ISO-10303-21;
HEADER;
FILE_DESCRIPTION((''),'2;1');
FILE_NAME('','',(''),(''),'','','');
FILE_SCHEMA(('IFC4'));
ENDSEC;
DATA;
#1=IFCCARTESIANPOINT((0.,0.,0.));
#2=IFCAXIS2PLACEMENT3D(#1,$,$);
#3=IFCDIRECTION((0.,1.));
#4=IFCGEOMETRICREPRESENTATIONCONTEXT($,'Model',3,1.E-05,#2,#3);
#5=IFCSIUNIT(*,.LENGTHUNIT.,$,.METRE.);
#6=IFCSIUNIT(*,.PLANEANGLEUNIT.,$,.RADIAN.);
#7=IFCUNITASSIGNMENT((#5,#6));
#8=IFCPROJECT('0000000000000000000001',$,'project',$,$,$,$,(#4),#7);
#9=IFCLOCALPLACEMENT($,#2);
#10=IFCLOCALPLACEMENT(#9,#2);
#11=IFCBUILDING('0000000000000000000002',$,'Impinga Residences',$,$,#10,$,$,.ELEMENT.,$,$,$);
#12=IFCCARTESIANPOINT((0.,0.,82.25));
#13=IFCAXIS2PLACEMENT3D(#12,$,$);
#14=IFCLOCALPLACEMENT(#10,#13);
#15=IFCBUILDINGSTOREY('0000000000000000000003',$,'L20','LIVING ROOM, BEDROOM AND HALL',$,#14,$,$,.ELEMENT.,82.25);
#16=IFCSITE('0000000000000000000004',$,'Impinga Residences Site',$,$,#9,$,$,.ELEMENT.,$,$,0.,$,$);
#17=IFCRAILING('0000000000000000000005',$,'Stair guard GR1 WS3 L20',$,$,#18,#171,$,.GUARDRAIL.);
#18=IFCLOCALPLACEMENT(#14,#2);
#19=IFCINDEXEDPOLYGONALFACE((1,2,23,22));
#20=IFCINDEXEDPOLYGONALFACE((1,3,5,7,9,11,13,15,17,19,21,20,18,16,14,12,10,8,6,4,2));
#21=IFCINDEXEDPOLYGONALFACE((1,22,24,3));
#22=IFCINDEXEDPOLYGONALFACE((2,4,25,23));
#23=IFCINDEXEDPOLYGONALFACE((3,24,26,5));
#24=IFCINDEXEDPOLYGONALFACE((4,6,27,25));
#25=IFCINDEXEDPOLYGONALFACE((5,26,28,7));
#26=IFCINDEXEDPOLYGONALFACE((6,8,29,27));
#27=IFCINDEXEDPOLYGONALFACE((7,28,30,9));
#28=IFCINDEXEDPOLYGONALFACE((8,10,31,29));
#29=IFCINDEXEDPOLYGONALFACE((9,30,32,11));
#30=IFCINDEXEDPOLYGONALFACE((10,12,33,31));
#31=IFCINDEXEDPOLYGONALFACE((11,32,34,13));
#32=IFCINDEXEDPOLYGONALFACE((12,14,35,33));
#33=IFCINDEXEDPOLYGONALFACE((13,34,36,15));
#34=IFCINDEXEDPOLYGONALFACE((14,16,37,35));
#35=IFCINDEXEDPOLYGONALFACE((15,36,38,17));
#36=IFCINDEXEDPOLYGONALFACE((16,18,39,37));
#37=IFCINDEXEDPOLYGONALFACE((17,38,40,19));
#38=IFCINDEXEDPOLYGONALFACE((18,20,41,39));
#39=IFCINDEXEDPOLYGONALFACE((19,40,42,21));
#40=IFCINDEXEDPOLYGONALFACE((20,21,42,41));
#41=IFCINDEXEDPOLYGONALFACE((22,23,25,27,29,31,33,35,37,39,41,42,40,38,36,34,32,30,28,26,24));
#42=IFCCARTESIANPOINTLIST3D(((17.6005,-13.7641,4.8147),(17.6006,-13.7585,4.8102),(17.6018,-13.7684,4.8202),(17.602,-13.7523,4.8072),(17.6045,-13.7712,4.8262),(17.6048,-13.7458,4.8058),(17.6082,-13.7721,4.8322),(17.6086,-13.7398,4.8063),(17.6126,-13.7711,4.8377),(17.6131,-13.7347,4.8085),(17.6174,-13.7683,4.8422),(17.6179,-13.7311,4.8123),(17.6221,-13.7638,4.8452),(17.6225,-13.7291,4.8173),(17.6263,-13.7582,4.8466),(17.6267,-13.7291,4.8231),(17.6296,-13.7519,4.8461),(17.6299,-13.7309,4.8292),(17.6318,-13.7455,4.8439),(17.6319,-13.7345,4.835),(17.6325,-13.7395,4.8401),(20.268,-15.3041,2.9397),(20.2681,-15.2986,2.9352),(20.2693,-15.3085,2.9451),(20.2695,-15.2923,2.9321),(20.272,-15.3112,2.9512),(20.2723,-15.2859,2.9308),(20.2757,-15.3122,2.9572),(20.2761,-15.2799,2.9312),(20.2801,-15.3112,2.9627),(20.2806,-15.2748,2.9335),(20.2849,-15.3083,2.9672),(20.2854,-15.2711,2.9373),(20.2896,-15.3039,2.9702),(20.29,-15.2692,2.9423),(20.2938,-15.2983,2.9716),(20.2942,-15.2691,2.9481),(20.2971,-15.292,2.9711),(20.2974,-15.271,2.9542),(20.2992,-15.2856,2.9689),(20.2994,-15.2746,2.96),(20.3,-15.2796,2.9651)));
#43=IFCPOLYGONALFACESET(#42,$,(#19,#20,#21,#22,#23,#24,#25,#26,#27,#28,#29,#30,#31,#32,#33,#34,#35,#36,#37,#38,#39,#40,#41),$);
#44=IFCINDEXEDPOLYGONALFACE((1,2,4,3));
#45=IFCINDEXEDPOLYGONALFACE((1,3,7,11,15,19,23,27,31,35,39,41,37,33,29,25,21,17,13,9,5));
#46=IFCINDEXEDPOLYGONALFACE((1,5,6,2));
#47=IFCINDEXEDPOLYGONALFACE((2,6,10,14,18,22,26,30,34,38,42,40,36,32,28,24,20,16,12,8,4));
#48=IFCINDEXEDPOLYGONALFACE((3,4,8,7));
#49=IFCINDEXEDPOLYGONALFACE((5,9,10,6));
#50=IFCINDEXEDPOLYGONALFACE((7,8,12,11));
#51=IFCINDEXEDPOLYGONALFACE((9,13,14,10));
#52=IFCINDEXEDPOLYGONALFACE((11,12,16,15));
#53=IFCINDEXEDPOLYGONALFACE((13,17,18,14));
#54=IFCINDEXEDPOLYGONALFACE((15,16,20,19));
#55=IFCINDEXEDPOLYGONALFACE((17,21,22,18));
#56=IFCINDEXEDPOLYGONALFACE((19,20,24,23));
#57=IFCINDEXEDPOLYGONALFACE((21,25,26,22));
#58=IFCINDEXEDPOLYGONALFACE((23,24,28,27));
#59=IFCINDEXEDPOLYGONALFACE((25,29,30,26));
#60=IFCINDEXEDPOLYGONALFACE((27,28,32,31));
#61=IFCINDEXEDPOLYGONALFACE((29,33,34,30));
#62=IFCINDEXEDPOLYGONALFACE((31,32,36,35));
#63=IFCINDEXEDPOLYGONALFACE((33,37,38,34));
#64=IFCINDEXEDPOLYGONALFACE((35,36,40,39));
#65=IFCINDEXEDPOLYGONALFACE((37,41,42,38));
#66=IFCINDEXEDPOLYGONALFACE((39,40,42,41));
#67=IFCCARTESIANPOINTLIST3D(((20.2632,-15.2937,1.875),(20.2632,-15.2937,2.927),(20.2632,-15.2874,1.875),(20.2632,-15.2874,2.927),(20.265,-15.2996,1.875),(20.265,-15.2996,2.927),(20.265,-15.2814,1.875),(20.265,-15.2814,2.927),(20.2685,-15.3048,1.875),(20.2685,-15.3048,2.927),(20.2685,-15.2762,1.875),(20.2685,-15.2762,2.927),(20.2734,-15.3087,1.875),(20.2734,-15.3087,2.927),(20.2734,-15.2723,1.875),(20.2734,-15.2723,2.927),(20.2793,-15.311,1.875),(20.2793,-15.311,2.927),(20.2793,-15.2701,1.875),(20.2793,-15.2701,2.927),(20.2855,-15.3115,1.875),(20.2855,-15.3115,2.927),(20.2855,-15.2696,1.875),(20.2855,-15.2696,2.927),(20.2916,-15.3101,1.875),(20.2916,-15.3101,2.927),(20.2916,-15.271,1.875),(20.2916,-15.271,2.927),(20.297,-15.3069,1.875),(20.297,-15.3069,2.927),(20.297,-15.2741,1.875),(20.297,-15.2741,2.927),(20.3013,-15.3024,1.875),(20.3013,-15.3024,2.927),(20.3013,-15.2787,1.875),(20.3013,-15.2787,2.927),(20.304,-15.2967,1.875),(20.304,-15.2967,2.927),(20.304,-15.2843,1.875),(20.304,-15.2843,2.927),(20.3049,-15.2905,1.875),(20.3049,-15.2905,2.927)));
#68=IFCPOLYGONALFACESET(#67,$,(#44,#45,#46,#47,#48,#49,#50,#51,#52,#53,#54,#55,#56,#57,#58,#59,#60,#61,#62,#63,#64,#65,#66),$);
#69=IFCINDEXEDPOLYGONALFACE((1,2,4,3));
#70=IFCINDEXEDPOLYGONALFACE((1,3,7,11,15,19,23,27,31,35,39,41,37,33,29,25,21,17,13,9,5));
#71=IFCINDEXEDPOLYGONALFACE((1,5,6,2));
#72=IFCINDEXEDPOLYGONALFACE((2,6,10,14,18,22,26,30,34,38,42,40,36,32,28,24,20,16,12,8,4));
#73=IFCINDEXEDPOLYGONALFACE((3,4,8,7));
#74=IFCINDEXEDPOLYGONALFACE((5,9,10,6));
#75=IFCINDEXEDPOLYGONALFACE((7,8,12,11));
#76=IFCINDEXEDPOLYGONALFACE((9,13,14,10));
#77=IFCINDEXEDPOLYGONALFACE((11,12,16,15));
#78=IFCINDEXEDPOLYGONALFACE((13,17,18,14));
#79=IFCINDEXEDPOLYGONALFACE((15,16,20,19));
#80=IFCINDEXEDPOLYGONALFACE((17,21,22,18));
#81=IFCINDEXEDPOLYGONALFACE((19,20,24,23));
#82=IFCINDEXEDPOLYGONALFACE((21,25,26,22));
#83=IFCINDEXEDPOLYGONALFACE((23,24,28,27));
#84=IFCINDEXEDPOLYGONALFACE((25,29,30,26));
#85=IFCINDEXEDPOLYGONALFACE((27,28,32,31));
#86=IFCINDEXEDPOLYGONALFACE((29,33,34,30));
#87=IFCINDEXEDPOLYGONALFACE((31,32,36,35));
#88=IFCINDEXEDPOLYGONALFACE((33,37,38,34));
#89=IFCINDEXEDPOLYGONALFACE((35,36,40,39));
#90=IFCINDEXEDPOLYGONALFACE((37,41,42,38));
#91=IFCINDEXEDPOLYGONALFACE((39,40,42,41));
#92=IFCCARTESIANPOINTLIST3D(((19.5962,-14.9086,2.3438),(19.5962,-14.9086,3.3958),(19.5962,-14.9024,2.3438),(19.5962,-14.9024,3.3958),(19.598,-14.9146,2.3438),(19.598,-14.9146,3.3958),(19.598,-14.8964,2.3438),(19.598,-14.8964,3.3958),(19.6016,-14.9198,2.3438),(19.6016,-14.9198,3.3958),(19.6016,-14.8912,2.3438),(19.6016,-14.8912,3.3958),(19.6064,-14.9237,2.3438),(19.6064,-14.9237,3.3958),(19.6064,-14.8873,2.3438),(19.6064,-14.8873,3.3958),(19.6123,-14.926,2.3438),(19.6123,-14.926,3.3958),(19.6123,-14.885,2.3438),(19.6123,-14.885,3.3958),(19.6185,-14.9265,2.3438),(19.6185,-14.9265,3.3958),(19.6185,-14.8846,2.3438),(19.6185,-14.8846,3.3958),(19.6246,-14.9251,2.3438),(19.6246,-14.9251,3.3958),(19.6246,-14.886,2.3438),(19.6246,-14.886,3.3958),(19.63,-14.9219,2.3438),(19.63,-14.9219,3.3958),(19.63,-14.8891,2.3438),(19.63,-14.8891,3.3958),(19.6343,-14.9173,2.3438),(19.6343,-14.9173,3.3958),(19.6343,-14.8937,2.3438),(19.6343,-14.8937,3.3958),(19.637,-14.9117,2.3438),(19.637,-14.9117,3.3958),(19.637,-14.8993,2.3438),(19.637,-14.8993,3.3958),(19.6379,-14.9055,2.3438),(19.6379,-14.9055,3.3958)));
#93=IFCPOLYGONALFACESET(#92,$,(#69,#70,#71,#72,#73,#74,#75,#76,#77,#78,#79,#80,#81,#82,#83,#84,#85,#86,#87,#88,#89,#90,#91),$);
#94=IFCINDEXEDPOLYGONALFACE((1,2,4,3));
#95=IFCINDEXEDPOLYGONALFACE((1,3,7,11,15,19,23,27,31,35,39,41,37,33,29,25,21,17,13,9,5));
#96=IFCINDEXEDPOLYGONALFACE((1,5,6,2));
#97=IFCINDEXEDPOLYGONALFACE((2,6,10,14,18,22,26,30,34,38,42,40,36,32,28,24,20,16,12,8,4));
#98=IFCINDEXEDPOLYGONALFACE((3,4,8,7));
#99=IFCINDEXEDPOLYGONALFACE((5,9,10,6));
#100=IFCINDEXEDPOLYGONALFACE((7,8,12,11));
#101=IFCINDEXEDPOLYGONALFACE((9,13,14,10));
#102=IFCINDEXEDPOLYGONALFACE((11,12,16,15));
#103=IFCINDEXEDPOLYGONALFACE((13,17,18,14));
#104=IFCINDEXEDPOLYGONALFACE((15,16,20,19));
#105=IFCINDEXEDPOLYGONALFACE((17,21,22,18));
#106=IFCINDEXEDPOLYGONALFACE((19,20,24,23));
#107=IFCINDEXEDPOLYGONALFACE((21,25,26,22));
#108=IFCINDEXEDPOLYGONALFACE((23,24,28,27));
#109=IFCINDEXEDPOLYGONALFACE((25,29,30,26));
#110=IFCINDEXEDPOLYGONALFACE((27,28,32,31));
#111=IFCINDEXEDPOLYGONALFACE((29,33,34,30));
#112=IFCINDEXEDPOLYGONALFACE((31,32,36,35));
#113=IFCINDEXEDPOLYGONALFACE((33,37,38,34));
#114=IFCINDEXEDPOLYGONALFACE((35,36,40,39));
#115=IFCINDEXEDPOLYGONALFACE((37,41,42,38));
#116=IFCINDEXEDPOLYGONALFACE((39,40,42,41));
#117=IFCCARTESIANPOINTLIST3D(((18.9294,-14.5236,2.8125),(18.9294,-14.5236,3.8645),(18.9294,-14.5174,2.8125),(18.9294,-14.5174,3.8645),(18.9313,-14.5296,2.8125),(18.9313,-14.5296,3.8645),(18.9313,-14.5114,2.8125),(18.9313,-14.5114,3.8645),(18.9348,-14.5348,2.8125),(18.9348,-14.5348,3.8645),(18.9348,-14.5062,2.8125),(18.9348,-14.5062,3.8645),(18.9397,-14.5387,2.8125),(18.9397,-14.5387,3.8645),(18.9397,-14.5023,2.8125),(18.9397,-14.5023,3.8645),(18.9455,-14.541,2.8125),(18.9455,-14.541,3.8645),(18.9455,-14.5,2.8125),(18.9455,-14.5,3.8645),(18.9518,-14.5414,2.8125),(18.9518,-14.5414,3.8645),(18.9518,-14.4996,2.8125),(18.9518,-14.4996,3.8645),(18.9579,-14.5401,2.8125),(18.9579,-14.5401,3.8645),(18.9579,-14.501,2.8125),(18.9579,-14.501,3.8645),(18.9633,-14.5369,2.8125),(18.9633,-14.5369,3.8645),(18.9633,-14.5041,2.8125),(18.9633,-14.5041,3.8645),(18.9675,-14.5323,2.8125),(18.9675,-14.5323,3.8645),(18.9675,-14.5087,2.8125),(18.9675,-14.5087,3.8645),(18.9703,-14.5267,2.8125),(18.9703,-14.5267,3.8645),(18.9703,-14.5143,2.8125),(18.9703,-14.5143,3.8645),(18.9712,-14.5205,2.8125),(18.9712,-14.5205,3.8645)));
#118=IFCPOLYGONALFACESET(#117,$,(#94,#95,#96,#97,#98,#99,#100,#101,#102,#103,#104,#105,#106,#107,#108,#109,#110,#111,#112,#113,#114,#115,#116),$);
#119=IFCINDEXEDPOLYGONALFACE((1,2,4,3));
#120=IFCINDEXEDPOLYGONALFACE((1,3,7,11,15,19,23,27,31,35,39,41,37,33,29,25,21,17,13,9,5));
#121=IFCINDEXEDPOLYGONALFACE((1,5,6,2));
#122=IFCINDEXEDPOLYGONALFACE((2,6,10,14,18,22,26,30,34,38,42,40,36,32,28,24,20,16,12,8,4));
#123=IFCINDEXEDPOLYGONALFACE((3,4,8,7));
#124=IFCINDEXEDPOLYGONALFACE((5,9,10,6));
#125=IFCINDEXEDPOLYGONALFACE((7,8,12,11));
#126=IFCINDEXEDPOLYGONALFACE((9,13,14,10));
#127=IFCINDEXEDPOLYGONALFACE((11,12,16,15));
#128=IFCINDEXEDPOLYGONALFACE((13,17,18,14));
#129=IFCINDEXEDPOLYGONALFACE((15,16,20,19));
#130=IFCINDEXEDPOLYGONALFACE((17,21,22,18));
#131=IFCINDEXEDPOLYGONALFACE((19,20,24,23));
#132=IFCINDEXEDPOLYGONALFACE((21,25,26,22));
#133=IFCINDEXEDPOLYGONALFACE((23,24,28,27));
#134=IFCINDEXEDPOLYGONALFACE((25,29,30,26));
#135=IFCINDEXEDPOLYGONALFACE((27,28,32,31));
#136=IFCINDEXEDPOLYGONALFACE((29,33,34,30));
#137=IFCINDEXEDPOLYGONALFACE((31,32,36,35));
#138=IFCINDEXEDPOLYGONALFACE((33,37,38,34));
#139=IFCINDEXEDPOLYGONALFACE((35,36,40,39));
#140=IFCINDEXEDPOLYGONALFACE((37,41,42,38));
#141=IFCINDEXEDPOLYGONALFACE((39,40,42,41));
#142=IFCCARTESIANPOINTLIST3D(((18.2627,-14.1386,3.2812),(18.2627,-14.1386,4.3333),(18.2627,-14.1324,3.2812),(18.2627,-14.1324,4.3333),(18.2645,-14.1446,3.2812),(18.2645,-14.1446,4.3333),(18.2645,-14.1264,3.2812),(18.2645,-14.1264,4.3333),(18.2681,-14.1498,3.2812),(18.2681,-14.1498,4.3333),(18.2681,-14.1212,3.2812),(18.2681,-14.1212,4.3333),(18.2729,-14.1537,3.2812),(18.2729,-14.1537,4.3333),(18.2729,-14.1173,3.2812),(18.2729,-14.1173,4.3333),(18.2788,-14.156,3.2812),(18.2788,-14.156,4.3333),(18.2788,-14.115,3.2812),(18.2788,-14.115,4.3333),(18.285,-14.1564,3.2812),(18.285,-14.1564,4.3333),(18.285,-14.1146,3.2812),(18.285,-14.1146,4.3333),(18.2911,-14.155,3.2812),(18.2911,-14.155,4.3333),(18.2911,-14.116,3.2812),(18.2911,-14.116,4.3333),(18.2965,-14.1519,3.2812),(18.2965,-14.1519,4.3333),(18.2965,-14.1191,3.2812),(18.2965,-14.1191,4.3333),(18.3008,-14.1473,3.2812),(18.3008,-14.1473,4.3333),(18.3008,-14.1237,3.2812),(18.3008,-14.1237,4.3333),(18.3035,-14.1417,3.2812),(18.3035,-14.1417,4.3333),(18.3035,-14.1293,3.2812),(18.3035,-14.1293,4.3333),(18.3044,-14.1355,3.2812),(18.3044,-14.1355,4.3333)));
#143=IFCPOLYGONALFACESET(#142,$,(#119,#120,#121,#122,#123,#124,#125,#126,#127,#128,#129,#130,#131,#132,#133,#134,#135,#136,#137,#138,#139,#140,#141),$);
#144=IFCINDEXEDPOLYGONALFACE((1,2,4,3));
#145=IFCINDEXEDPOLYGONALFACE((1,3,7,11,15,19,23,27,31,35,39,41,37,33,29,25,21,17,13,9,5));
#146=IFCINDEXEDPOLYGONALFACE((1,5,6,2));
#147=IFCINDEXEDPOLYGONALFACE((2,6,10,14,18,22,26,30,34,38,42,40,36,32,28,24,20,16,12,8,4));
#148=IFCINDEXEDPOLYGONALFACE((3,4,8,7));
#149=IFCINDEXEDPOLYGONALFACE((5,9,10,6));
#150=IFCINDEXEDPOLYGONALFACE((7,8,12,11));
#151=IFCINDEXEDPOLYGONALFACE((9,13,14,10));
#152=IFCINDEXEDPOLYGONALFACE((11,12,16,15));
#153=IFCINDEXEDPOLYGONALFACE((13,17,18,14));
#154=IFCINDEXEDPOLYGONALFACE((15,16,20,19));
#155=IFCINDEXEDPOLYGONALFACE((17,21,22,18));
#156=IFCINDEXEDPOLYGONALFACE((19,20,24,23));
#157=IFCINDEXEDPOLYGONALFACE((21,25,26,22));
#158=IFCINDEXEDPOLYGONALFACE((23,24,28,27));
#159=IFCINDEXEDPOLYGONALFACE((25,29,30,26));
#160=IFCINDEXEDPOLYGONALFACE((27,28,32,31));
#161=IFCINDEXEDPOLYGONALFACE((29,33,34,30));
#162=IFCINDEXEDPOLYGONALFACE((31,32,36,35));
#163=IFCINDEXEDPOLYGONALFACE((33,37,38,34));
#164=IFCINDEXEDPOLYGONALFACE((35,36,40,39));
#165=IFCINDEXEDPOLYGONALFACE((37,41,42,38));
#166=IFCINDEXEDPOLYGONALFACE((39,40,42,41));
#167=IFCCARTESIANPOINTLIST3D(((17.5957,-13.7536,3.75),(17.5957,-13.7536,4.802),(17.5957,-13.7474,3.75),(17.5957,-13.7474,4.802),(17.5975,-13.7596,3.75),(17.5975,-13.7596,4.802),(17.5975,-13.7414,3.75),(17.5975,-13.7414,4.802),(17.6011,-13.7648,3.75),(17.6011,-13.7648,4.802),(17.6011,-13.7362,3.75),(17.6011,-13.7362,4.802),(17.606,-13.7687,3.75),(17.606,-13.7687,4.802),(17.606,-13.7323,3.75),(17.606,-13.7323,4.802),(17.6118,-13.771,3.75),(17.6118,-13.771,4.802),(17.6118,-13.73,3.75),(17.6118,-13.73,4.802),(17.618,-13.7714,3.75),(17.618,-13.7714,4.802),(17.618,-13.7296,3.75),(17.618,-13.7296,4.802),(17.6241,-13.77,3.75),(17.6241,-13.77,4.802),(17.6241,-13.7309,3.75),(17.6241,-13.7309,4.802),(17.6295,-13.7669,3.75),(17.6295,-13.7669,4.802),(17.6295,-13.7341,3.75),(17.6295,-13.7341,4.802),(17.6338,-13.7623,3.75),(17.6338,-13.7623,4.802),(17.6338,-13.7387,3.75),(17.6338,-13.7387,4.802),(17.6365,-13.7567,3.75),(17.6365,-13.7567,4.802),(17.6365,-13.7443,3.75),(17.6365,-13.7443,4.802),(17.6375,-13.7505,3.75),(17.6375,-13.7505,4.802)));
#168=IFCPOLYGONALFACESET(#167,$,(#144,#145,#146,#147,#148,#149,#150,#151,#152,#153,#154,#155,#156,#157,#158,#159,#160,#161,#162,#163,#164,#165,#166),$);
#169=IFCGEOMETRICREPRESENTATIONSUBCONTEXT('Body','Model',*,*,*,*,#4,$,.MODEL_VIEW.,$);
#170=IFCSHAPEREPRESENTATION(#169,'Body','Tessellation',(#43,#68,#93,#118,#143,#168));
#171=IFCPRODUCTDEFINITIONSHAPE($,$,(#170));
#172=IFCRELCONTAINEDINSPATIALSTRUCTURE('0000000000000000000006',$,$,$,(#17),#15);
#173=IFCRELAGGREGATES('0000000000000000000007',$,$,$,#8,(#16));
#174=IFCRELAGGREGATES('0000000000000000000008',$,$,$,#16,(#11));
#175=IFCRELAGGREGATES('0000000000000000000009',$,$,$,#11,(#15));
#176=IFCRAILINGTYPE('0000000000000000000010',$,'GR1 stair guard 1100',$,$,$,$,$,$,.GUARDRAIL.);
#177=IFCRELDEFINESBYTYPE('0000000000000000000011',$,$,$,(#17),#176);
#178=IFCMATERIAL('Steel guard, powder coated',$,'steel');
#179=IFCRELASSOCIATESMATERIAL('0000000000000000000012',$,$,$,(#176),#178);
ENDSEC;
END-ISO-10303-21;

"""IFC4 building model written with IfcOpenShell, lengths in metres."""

from ifc_helpers import new_model, si_unit, direction, frame, origin, origin_2d, place, context, subcontext, project, spatial, circle, extrude, material, type_object, element, save


model = new_model("IFC4")

# Units and contexts
model_context = context("Model", 3, precision=1e-05, world=origin(), true_north=direction((0.0, 1.0)))
body_context = subcontext(model_context, "Body", "Model", "MODEL_VIEW")
ifc_project = project(units=[si_unit("LENGTHUNIT", "METRE"), si_unit("PLANEANGLEUNIT", "RADIAN")], contexts=[model_context])

# Site, building, storey
site_placement = place(None, origin())
site = spatial("IfcSite", under=ifc_project, at=site_placement, Name="Impinga Residences Site", CompositionType="ELEMENT", RefElevation=0.0)
building_placement = place(site_placement, origin())
building = spatial("IfcBuilding", under=site, at=building_placement, Name="Impinga Residences", CompositionType="ELEMENT")
storey_placement = place(building_placement, frame((0.0, 0.0, 82.25)))
storey = spatial("IfcBuildingStorey", under=building, at=storey_placement, Name="L20", Description="LIVING ROOM, BEDROOM AND HALL", CompositionType="ELEMENT", Elevation=82.25)

# Railing
ifc_material_1 = material(Name="Steel guard, powder coated", Category="steel")
railing_type_1 = type_object("IfcRailingType", Name="GR1 stair guard 1100", PredefinedType="GUARDRAIL", material=ifc_material_1)
railing_1_placement = place(storey_placement, frame((20.2839, -15.2905, 1.875)))
element("IfcRailing", 1, at=railing_1_placement, inside=storey, type_object=railing_type_1, Name="Stair guard GR1 WS3 L20", PredefinedType="GUARDRAIL", context=body_context, shape_type="SweptSolid", body=[
    extrude(circle(Radius=0.0239, at=origin_2d()), frame((0.0, 0.0, 1.0762), z_axis=(-0.739746, 0.427084, 0.519975), x_axis=(-0.499992, -0.86603, 0.0)), (0.0, 0.0, 1.0), 3.606),
    extrude(circle(Radius=0.021, at=origin_2d()), origin(), (0.0, 0.0, 1.0), 1.052),
    extrude(circle(Radius=0.021, at=origin_2d()), frame((-0.667, 0.385, 0.4688)), (0.0, 0.0, 1.0), 1.052),
    extrude(circle(Radius=0.021, at=origin_2d()), frame((-1.3337, 0.77, 0.9375)), (0.0, 0.0, 1.0), 1.052),
    extrude(circle(Radius=0.021, at=origin_2d()), frame((-2.0005, 1.155, 1.4062)), (0.0, 0.0, 1.0), 1.052),
    extrude(circle(Radius=0.021, at=origin_2d()), frame((-2.6675, 1.54, 1.875)), (0.0, 0.0, 1.0), 1.052),
])

save(model, "model.ifc")
